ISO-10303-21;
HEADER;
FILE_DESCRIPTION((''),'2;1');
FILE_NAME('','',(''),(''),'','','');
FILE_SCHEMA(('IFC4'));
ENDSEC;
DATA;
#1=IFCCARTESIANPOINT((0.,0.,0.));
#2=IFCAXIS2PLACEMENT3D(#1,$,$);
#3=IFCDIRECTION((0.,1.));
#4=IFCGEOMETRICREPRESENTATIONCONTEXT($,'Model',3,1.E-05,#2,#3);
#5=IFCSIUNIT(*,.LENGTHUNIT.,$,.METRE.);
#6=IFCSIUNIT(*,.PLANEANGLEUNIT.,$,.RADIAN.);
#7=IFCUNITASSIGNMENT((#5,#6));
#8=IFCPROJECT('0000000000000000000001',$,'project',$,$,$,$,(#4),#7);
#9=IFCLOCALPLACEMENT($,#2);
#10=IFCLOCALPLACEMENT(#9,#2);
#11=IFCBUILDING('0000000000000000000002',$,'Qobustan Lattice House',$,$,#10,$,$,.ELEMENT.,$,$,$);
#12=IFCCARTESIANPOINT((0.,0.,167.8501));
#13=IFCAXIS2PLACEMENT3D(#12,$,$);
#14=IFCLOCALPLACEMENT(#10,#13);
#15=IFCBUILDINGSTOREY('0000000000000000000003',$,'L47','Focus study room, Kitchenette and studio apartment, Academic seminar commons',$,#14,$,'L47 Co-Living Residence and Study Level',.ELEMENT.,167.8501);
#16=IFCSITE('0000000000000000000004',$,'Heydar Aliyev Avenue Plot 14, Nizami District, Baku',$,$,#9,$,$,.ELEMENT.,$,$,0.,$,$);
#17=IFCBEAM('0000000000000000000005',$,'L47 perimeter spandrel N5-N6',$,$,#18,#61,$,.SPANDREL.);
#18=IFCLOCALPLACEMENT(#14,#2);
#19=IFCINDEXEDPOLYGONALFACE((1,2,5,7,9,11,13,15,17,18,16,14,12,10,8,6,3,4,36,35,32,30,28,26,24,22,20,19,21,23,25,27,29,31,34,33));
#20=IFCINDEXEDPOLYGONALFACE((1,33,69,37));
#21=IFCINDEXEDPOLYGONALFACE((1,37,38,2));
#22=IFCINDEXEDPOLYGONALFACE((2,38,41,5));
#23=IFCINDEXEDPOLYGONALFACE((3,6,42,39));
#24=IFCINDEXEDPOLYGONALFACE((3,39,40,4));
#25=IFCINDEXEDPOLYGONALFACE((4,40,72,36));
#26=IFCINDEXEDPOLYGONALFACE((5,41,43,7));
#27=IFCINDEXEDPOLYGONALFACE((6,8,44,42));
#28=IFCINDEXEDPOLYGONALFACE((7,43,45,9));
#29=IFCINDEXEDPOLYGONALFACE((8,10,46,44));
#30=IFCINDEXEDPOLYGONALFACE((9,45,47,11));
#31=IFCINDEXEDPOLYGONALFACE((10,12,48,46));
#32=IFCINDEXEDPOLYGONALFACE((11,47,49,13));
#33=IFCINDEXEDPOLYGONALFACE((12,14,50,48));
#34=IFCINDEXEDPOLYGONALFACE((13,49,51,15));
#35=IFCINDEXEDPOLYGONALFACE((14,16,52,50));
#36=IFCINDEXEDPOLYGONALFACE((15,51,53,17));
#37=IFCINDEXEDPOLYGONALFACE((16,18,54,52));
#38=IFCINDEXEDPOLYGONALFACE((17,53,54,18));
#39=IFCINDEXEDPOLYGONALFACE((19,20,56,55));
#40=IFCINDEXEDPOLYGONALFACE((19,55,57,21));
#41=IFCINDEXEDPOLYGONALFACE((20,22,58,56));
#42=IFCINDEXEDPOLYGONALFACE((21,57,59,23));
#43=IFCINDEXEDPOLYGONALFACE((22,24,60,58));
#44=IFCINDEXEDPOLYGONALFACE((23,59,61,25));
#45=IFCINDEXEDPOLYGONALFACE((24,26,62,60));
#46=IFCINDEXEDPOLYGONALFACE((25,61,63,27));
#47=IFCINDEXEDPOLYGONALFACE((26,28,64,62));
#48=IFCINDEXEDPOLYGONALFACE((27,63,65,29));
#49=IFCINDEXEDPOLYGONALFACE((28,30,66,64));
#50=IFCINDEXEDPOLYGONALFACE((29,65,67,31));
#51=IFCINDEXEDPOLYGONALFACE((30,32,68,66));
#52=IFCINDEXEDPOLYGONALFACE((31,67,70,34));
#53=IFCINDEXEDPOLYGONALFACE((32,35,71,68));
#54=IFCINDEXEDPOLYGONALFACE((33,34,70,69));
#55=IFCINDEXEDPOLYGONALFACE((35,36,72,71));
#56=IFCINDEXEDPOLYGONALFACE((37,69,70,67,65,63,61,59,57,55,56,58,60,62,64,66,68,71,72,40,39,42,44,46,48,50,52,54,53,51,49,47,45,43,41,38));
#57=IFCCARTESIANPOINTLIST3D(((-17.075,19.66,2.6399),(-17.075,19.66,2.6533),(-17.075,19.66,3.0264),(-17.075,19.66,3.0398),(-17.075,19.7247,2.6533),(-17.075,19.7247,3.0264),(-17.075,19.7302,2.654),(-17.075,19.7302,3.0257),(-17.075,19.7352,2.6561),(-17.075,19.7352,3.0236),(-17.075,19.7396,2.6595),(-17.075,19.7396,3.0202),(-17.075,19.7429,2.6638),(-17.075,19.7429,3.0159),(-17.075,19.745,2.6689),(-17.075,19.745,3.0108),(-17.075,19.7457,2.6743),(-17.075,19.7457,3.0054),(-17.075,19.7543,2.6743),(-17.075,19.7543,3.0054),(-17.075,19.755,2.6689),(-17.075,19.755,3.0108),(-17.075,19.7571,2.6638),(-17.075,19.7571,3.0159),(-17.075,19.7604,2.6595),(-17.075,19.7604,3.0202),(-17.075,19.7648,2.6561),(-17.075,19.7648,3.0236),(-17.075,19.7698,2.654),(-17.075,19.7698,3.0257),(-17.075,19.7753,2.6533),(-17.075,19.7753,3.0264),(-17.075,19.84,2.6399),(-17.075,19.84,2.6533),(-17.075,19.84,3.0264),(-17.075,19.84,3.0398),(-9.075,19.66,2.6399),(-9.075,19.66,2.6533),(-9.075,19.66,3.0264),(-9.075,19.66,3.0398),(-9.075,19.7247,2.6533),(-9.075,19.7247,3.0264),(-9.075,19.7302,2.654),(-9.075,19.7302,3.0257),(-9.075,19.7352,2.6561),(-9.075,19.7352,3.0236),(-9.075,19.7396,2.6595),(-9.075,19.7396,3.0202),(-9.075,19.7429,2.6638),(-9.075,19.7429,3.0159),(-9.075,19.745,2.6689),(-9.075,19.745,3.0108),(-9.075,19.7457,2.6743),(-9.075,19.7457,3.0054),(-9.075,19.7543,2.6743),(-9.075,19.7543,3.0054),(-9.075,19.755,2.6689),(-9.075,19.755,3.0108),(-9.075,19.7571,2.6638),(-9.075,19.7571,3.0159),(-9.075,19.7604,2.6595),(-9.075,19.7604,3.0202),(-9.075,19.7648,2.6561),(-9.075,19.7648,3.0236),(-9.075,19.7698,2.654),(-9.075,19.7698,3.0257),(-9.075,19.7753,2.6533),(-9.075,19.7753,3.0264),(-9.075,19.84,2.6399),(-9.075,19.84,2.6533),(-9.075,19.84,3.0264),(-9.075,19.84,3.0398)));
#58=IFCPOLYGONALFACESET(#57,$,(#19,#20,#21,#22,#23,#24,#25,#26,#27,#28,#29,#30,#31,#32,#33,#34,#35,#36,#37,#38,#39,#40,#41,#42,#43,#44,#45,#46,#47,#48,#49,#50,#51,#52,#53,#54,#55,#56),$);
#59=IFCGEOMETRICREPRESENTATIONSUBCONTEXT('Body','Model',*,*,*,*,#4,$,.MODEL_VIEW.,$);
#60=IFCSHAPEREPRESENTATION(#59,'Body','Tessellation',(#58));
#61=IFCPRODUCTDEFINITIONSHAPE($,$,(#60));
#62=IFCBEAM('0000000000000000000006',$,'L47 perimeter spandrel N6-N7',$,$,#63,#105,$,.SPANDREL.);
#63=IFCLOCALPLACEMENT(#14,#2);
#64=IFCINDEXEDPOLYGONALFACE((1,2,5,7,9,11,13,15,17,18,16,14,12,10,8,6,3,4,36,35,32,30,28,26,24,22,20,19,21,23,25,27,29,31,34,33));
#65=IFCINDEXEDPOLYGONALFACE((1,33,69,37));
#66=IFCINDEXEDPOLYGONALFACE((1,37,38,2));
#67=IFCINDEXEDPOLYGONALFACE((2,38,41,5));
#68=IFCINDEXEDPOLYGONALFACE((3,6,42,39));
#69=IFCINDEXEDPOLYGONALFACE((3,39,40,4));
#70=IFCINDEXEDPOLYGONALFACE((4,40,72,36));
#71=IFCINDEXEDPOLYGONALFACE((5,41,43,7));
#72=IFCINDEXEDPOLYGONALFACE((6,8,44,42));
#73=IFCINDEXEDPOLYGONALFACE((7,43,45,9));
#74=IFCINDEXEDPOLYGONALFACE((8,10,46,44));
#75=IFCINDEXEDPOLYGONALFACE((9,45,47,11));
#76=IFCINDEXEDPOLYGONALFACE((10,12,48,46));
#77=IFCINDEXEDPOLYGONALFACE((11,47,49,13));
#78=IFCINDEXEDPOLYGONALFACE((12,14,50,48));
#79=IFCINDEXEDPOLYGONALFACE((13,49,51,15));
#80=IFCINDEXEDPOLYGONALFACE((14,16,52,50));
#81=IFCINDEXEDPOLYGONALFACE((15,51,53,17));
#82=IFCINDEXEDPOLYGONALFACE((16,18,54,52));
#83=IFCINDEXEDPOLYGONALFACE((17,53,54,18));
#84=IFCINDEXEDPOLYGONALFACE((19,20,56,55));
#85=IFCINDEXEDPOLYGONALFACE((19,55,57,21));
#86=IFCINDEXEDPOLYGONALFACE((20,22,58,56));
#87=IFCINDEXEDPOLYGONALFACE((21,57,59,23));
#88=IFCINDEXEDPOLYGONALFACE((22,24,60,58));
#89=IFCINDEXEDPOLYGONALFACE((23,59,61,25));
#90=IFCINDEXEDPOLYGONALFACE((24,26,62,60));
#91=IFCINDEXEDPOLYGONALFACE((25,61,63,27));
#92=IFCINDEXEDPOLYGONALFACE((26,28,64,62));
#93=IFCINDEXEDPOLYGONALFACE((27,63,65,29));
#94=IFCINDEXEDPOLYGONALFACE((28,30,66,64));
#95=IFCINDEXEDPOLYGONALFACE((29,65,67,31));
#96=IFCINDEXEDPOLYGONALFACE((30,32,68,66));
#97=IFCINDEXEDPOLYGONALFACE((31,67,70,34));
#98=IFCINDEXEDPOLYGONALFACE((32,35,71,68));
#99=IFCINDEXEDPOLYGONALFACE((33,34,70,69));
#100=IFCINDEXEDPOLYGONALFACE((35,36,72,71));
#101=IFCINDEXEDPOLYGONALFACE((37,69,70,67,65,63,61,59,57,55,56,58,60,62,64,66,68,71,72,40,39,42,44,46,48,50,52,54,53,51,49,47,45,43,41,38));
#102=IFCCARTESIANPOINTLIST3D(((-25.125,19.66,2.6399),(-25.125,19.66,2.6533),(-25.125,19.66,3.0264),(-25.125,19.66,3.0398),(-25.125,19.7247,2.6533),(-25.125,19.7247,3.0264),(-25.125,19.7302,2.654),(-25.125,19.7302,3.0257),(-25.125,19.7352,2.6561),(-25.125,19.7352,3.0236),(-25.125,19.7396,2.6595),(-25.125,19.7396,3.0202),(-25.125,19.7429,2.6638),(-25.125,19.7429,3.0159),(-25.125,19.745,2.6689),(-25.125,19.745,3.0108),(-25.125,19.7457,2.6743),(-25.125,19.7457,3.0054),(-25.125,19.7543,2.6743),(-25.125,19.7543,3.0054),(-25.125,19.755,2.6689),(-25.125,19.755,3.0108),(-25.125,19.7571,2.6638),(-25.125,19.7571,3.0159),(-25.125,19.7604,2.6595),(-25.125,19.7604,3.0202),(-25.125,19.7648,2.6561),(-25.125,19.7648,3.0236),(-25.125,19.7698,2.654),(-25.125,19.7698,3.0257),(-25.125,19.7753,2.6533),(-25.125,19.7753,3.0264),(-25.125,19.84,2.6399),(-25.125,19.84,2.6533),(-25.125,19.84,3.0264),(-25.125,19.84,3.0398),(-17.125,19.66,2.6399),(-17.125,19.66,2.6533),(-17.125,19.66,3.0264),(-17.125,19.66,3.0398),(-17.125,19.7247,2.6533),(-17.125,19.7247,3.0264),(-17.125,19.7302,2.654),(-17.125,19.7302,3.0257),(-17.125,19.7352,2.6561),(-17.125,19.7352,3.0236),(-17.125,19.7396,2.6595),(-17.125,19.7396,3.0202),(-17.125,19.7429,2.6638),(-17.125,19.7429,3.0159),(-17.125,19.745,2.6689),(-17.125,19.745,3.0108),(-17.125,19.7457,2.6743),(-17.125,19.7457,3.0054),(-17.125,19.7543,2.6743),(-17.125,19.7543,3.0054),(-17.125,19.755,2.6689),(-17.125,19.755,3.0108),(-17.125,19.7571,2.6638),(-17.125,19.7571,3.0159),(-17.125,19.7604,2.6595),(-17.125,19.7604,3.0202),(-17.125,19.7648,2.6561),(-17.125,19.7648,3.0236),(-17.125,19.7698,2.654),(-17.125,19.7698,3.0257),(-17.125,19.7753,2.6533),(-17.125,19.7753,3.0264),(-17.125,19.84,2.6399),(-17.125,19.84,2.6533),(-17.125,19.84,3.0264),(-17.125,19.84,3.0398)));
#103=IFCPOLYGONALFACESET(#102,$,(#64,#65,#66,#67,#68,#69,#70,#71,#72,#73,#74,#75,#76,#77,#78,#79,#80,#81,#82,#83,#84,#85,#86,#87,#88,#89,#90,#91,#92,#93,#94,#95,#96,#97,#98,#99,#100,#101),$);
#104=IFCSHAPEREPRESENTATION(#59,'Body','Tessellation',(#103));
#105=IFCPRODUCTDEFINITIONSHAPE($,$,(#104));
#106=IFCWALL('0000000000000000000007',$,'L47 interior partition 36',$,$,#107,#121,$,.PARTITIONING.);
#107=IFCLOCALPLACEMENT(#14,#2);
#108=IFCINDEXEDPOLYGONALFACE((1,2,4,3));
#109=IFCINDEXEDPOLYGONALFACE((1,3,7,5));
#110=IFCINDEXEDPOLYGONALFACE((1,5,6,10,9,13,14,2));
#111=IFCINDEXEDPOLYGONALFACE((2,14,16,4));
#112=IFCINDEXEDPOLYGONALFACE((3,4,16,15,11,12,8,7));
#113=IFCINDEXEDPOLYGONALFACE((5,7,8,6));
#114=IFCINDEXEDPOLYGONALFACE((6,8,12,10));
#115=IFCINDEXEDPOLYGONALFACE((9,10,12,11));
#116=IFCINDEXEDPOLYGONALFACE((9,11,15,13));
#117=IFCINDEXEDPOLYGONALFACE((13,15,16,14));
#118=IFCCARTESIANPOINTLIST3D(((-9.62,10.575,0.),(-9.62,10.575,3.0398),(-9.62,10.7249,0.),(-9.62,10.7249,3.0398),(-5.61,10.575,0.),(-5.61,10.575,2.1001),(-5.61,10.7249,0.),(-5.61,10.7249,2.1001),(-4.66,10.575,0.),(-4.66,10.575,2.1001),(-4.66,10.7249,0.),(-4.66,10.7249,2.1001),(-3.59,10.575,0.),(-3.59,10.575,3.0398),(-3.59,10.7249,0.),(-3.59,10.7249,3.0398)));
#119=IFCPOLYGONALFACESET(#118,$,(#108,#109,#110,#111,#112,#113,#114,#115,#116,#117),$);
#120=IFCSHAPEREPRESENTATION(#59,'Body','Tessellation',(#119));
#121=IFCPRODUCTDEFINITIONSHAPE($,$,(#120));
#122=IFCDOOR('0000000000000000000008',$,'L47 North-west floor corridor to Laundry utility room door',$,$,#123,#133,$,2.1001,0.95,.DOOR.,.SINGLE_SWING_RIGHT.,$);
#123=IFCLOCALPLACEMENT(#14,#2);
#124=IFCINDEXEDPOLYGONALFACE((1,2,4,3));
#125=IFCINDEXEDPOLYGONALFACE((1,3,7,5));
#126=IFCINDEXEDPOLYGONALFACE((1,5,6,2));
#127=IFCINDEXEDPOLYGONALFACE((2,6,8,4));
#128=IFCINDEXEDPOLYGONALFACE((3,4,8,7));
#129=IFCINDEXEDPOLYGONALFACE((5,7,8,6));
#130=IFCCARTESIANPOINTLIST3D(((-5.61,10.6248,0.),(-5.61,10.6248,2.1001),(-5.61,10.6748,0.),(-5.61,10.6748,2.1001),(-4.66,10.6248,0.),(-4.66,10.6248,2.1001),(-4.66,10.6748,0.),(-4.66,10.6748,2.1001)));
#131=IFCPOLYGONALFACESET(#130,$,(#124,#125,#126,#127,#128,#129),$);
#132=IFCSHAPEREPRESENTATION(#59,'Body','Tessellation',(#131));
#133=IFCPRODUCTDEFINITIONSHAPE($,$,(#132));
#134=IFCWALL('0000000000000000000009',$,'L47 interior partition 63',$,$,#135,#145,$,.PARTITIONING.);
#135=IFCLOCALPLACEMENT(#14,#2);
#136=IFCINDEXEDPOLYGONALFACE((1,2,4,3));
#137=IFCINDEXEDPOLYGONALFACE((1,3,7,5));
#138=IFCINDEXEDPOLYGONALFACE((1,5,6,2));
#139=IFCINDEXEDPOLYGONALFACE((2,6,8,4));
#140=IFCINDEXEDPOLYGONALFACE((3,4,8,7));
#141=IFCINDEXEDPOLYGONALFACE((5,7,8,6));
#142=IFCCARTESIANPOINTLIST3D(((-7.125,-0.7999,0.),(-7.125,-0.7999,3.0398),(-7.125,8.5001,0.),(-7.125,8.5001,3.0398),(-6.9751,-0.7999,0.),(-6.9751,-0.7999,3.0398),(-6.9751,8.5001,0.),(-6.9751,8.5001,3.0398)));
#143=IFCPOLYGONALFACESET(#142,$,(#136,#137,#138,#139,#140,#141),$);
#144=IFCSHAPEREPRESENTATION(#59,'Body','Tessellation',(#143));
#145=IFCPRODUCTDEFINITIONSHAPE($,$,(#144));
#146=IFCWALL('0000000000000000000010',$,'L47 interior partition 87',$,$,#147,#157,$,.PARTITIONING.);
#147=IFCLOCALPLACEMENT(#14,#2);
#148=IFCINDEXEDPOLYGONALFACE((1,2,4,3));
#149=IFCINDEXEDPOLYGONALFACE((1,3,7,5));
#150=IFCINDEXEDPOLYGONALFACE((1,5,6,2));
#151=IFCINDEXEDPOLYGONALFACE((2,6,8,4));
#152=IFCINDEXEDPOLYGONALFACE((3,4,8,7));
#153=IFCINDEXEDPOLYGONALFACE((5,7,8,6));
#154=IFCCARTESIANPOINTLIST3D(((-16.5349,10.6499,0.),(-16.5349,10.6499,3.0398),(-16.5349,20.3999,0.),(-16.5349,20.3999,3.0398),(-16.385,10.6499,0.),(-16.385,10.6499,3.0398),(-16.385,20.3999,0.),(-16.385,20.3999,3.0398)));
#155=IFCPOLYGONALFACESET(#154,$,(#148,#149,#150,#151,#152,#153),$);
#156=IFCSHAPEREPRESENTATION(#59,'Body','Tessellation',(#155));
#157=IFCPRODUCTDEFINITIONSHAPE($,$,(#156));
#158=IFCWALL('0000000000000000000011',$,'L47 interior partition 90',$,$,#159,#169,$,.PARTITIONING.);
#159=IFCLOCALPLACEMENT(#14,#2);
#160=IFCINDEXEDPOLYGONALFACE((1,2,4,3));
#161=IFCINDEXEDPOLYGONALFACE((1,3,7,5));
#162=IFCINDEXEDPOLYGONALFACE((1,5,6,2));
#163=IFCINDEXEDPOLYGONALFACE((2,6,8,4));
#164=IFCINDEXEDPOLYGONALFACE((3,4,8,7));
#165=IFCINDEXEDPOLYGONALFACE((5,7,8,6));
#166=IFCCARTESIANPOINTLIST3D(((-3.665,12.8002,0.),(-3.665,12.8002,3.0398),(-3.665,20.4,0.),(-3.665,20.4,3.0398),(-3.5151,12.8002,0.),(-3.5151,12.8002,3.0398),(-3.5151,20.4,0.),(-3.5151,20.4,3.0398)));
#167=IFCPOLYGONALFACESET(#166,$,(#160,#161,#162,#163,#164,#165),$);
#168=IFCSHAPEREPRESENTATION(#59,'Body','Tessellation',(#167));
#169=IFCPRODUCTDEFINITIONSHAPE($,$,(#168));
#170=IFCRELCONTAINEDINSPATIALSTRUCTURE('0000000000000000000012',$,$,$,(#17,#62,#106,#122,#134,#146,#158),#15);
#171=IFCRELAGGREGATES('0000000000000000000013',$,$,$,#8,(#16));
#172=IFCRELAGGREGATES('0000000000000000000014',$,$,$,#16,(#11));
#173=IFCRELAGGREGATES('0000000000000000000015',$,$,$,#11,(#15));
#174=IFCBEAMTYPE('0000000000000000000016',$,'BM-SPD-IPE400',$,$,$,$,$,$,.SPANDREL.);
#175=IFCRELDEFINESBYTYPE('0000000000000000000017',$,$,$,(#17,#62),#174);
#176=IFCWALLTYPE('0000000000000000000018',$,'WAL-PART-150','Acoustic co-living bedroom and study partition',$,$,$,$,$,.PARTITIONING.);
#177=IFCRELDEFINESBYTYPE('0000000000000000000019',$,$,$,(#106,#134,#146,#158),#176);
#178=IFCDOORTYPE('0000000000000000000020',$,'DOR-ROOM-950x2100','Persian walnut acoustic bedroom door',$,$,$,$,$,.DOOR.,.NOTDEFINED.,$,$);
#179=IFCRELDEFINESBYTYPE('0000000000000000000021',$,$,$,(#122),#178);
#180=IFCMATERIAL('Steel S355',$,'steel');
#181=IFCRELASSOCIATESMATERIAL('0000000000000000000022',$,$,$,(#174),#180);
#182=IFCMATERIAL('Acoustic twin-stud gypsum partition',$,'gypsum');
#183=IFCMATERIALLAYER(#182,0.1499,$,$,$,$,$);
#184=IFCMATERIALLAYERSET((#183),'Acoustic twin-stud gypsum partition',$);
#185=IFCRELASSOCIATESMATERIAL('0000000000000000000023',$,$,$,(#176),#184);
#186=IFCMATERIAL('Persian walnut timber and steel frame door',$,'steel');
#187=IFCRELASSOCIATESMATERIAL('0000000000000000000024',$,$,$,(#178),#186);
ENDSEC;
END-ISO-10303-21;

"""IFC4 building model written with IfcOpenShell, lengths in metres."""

from ifc_helpers import new_model, si_unit, direction, frame, frame_2d, origin, origin_2d, place, context, subcontext, project, spatial, rectangle, i_section, extrude, material, layer, layer_set, material_profile, profile_set, type_object, element, fill, save


model = new_model("IFC4")

# Units and contexts
model_context = context("Model", 3, precision=1e-05, world=origin(), true_north=direction((0.0, 1.0)))
body_context = subcontext(model_context, "Body", "Model", "MODEL_VIEW")
ifc_project = project(units=[si_unit("LENGTHUNIT", "METRE"), si_unit("PLANEANGLEUNIT", "RADIAN")], contexts=[model_context])

# Site, building, storey
site_placement = place(None, origin())
site = spatial("IfcSite", under=ifc_project, at=site_placement, Name="Heydar Aliyev Avenue Plot 14, Nizami District, Baku", CompositionType="ELEMENT", RefElevation=0.0)
building_placement = place(site_placement, origin())
building = spatial("IfcBuilding", under=site, at=building_placement, Name="Qobustan Lattice House", CompositionType="ELEMENT")
storey_placement = place(building_placement, frame((0.0, 0.0, 167.8501)))
storey = spatial("IfcBuildingStorey", under=building, at=storey_placement, Name="L47", Description="Focus study room, Kitchenette and studio apartment, Academic seminar commons", LongName="L47 Co-Living Residence and Study Level", CompositionType="ELEMENT", Elevation=167.8501)

# Beams
ifc_material_1 = material(Name="Steel S355", Category="steel")
ifc_material_profile_1 = material_profile(ifc_material_1, i_section(OverallWidth=0.1799, OverallDepth=0.3999, WebThickness=0.0085, FlangeThickness=0.0134, FilletRadius=0.021, at=origin_2d()), Name="IPE400")
ifc_profile_set_1 = profile_set([ifc_material_profile_1], Name="Steel S355")
beam_type_1 = type_object("IfcBeamType", Name="BM-SPD-IPE400", PredefinedType="SPANDREL", material=ifc_profile_set_1)
for number, where, z_axis, x_axis, name in (
    (1, (-9.075, 19.75, 2.8398), (-1.0, 0.0, 0.0), (0.0, -1.0, 0.0), "L47 perimeter spandrel N5-N6"),
    (2, (-17.125, 19.75, 2.8398), (-1.0, 0.0, 0.0), (0.0, -1.0, 0.0), "L47 perimeter spandrel N6-N7"),
):
    element("IfcBeam", number, at=place(storey_placement, frame(where, z_axis=z_axis, x_axis=x_axis)), inside=storey, type_object=beam_type_1, Name=name, PredefinedType="SPANDREL", context=body_context, shape_type="SweptSolid", body=[
        extrude(i_section(OverallWidth=0.1799, OverallDepth=0.3999, WebThickness=0.0085, FlangeThickness=0.0134, FilletRadius=0.021, at=origin_2d()), origin(), (0.0, 0.0, 1.0), 8.0),
    ])

# Wall, opening, door
ifc_material_2 = material(Name="Acoustic twin-stud gypsum partition", Category="gypsum")
ifc_layer_1 = layer(ifc_material_2, 0.1499)
ifc_layer_set_1 = layer_set([ifc_layer_1], Name="Acoustic twin-stud gypsum partition")
wall_type_1 = type_object("IfcWallType", Name="WAL-PART-150", Description="Acoustic co-living bedroom and study partition", PredefinedType="PARTITIONING", material=ifc_layer_set_1)
wall_1_placement = place(storey_placement, frame((-9.6201, 10.6499, 0.0), z_axis=(0.0, 0.0, 1.0), x_axis=(1.0, 0.0, 0.0)))
wall_1 = element("IfcWall", 3, at=wall_1_placement, inside=storey, type_object=wall_type_1, Name="L47 interior partition 36", PredefinedType="PARTITIONING", context=body_context, shape_type="SweptSolid", body=[
    extrude(rectangle(XDim=6.03, YDim=0.1499, at=frame_2d((3.0151, 0.0))), origin(), (0.0, 0.0, 1.0), 3.0398),
])
opening_1_placement = place(wall_1_placement, frame((4.01, 0.0, 0.0)))
opening_1 = element("IfcOpeningElement", 4, at=opening_1_placement, cuts=wall_1, PredefinedType="OPENING", context=body_context, shape_type="SweptSolid", body=[
    extrude(rectangle(XDim=0.95, YDim=2.1001, at=frame_2d((0.4751, 1.05))), frame((0.0, 0.085, 0.0), z_axis=(0.0, -1.0, 0.0), x_axis=(1.0, 0.0, 0.0)), (0.0, 0.0, 1.0), 0.1699),
])
ifc_material_3 = material(Name="Persian walnut timber and steel frame door", Category="steel")
door_type_1 = type_object("IfcDoorType", Name="DOR-ROOM-950x2100", Description="Persian walnut acoustic bedroom door", OperationType="NOTDEFINED", PredefinedType="DOOR", material=ifc_material_3)
door_1_placement = place(opening_1_placement, origin())
door_1 = element("IfcDoor", 5, at=door_1_placement, inside=storey, type_object=door_type_1, Name="L47 North-west floor corridor to Laundry utility room door", OperationType="SINGLE_SWING_RIGHT", OverallHeight=2.1001, OverallWidth=0.95, PredefinedType="DOOR", context=body_context, shape_type="SweptSolid", body=[
    extrude(rectangle(XDim=0.95, YDim=2.1001, at=frame_2d((0.4751, 1.05))), frame((0.0, 0.0249, 0.0), z_axis=(0.0, -1.0, 0.0), x_axis=(1.0, 0.0, 0.0)), (0.0, 0.0, 1.0), 0.05),
])
fill(opening_1, door_1)

# Walls
wall_2_placement = place(storey_placement, frame((-7.05, 8.5, 0.0), z_axis=(0.0, 0.0, 1.0), x_axis=(0.0, -1.0, 0.0)))
element("IfcWall", 6, at=wall_2_placement, inside=storey, type_object=wall_type_1, Name="L47 interior partition 63", PredefinedType="PARTITIONING", context=body_context, shape_type="SweptSolid", body=[
    extrude(rectangle(XDim=9.3, YDim=0.1499, at=frame_2d((4.6499, 0.0))), origin(), (0.0, 0.0, 1.0), 3.0398),
])
wall_3_placement = place(storey_placement, frame((-16.46, 20.3999, 0.0), z_axis=(0.0, 0.0, 1.0), x_axis=(0.0, -1.0, 0.0)))
element("IfcWall", 7, at=wall_3_placement, inside=storey, type_object=wall_type_1, Name="L47 interior partition 87", PredefinedType="PARTITIONING", context=body_context, shape_type="SweptSolid", body=[
    extrude(rectangle(XDim=9.75, YDim=0.1499, at=frame_2d((4.875, 0.0))), origin(), (0.0, 0.0, 1.0), 3.0398),
])
wall_4_placement = place(storey_placement, frame((-3.5901, 20.3999, 0.0), z_axis=(0.0, 0.0, 1.0), x_axis=(0.0, -1.0, 0.0)))
element("IfcWall", 8, at=wall_4_placement, inside=storey, type_object=wall_type_1, Name="L47 interior partition 90", PredefinedType="PARTITIONING", context=body_context, shape_type="SweptSolid", body=[
    extrude(rectangle(XDim=7.5999, YDim=0.1499, at=frame_2d((3.7998, 0.0))), origin(), (0.0, 0.0, 1.0), 3.0398),
])

save(model, "model.ifc")
